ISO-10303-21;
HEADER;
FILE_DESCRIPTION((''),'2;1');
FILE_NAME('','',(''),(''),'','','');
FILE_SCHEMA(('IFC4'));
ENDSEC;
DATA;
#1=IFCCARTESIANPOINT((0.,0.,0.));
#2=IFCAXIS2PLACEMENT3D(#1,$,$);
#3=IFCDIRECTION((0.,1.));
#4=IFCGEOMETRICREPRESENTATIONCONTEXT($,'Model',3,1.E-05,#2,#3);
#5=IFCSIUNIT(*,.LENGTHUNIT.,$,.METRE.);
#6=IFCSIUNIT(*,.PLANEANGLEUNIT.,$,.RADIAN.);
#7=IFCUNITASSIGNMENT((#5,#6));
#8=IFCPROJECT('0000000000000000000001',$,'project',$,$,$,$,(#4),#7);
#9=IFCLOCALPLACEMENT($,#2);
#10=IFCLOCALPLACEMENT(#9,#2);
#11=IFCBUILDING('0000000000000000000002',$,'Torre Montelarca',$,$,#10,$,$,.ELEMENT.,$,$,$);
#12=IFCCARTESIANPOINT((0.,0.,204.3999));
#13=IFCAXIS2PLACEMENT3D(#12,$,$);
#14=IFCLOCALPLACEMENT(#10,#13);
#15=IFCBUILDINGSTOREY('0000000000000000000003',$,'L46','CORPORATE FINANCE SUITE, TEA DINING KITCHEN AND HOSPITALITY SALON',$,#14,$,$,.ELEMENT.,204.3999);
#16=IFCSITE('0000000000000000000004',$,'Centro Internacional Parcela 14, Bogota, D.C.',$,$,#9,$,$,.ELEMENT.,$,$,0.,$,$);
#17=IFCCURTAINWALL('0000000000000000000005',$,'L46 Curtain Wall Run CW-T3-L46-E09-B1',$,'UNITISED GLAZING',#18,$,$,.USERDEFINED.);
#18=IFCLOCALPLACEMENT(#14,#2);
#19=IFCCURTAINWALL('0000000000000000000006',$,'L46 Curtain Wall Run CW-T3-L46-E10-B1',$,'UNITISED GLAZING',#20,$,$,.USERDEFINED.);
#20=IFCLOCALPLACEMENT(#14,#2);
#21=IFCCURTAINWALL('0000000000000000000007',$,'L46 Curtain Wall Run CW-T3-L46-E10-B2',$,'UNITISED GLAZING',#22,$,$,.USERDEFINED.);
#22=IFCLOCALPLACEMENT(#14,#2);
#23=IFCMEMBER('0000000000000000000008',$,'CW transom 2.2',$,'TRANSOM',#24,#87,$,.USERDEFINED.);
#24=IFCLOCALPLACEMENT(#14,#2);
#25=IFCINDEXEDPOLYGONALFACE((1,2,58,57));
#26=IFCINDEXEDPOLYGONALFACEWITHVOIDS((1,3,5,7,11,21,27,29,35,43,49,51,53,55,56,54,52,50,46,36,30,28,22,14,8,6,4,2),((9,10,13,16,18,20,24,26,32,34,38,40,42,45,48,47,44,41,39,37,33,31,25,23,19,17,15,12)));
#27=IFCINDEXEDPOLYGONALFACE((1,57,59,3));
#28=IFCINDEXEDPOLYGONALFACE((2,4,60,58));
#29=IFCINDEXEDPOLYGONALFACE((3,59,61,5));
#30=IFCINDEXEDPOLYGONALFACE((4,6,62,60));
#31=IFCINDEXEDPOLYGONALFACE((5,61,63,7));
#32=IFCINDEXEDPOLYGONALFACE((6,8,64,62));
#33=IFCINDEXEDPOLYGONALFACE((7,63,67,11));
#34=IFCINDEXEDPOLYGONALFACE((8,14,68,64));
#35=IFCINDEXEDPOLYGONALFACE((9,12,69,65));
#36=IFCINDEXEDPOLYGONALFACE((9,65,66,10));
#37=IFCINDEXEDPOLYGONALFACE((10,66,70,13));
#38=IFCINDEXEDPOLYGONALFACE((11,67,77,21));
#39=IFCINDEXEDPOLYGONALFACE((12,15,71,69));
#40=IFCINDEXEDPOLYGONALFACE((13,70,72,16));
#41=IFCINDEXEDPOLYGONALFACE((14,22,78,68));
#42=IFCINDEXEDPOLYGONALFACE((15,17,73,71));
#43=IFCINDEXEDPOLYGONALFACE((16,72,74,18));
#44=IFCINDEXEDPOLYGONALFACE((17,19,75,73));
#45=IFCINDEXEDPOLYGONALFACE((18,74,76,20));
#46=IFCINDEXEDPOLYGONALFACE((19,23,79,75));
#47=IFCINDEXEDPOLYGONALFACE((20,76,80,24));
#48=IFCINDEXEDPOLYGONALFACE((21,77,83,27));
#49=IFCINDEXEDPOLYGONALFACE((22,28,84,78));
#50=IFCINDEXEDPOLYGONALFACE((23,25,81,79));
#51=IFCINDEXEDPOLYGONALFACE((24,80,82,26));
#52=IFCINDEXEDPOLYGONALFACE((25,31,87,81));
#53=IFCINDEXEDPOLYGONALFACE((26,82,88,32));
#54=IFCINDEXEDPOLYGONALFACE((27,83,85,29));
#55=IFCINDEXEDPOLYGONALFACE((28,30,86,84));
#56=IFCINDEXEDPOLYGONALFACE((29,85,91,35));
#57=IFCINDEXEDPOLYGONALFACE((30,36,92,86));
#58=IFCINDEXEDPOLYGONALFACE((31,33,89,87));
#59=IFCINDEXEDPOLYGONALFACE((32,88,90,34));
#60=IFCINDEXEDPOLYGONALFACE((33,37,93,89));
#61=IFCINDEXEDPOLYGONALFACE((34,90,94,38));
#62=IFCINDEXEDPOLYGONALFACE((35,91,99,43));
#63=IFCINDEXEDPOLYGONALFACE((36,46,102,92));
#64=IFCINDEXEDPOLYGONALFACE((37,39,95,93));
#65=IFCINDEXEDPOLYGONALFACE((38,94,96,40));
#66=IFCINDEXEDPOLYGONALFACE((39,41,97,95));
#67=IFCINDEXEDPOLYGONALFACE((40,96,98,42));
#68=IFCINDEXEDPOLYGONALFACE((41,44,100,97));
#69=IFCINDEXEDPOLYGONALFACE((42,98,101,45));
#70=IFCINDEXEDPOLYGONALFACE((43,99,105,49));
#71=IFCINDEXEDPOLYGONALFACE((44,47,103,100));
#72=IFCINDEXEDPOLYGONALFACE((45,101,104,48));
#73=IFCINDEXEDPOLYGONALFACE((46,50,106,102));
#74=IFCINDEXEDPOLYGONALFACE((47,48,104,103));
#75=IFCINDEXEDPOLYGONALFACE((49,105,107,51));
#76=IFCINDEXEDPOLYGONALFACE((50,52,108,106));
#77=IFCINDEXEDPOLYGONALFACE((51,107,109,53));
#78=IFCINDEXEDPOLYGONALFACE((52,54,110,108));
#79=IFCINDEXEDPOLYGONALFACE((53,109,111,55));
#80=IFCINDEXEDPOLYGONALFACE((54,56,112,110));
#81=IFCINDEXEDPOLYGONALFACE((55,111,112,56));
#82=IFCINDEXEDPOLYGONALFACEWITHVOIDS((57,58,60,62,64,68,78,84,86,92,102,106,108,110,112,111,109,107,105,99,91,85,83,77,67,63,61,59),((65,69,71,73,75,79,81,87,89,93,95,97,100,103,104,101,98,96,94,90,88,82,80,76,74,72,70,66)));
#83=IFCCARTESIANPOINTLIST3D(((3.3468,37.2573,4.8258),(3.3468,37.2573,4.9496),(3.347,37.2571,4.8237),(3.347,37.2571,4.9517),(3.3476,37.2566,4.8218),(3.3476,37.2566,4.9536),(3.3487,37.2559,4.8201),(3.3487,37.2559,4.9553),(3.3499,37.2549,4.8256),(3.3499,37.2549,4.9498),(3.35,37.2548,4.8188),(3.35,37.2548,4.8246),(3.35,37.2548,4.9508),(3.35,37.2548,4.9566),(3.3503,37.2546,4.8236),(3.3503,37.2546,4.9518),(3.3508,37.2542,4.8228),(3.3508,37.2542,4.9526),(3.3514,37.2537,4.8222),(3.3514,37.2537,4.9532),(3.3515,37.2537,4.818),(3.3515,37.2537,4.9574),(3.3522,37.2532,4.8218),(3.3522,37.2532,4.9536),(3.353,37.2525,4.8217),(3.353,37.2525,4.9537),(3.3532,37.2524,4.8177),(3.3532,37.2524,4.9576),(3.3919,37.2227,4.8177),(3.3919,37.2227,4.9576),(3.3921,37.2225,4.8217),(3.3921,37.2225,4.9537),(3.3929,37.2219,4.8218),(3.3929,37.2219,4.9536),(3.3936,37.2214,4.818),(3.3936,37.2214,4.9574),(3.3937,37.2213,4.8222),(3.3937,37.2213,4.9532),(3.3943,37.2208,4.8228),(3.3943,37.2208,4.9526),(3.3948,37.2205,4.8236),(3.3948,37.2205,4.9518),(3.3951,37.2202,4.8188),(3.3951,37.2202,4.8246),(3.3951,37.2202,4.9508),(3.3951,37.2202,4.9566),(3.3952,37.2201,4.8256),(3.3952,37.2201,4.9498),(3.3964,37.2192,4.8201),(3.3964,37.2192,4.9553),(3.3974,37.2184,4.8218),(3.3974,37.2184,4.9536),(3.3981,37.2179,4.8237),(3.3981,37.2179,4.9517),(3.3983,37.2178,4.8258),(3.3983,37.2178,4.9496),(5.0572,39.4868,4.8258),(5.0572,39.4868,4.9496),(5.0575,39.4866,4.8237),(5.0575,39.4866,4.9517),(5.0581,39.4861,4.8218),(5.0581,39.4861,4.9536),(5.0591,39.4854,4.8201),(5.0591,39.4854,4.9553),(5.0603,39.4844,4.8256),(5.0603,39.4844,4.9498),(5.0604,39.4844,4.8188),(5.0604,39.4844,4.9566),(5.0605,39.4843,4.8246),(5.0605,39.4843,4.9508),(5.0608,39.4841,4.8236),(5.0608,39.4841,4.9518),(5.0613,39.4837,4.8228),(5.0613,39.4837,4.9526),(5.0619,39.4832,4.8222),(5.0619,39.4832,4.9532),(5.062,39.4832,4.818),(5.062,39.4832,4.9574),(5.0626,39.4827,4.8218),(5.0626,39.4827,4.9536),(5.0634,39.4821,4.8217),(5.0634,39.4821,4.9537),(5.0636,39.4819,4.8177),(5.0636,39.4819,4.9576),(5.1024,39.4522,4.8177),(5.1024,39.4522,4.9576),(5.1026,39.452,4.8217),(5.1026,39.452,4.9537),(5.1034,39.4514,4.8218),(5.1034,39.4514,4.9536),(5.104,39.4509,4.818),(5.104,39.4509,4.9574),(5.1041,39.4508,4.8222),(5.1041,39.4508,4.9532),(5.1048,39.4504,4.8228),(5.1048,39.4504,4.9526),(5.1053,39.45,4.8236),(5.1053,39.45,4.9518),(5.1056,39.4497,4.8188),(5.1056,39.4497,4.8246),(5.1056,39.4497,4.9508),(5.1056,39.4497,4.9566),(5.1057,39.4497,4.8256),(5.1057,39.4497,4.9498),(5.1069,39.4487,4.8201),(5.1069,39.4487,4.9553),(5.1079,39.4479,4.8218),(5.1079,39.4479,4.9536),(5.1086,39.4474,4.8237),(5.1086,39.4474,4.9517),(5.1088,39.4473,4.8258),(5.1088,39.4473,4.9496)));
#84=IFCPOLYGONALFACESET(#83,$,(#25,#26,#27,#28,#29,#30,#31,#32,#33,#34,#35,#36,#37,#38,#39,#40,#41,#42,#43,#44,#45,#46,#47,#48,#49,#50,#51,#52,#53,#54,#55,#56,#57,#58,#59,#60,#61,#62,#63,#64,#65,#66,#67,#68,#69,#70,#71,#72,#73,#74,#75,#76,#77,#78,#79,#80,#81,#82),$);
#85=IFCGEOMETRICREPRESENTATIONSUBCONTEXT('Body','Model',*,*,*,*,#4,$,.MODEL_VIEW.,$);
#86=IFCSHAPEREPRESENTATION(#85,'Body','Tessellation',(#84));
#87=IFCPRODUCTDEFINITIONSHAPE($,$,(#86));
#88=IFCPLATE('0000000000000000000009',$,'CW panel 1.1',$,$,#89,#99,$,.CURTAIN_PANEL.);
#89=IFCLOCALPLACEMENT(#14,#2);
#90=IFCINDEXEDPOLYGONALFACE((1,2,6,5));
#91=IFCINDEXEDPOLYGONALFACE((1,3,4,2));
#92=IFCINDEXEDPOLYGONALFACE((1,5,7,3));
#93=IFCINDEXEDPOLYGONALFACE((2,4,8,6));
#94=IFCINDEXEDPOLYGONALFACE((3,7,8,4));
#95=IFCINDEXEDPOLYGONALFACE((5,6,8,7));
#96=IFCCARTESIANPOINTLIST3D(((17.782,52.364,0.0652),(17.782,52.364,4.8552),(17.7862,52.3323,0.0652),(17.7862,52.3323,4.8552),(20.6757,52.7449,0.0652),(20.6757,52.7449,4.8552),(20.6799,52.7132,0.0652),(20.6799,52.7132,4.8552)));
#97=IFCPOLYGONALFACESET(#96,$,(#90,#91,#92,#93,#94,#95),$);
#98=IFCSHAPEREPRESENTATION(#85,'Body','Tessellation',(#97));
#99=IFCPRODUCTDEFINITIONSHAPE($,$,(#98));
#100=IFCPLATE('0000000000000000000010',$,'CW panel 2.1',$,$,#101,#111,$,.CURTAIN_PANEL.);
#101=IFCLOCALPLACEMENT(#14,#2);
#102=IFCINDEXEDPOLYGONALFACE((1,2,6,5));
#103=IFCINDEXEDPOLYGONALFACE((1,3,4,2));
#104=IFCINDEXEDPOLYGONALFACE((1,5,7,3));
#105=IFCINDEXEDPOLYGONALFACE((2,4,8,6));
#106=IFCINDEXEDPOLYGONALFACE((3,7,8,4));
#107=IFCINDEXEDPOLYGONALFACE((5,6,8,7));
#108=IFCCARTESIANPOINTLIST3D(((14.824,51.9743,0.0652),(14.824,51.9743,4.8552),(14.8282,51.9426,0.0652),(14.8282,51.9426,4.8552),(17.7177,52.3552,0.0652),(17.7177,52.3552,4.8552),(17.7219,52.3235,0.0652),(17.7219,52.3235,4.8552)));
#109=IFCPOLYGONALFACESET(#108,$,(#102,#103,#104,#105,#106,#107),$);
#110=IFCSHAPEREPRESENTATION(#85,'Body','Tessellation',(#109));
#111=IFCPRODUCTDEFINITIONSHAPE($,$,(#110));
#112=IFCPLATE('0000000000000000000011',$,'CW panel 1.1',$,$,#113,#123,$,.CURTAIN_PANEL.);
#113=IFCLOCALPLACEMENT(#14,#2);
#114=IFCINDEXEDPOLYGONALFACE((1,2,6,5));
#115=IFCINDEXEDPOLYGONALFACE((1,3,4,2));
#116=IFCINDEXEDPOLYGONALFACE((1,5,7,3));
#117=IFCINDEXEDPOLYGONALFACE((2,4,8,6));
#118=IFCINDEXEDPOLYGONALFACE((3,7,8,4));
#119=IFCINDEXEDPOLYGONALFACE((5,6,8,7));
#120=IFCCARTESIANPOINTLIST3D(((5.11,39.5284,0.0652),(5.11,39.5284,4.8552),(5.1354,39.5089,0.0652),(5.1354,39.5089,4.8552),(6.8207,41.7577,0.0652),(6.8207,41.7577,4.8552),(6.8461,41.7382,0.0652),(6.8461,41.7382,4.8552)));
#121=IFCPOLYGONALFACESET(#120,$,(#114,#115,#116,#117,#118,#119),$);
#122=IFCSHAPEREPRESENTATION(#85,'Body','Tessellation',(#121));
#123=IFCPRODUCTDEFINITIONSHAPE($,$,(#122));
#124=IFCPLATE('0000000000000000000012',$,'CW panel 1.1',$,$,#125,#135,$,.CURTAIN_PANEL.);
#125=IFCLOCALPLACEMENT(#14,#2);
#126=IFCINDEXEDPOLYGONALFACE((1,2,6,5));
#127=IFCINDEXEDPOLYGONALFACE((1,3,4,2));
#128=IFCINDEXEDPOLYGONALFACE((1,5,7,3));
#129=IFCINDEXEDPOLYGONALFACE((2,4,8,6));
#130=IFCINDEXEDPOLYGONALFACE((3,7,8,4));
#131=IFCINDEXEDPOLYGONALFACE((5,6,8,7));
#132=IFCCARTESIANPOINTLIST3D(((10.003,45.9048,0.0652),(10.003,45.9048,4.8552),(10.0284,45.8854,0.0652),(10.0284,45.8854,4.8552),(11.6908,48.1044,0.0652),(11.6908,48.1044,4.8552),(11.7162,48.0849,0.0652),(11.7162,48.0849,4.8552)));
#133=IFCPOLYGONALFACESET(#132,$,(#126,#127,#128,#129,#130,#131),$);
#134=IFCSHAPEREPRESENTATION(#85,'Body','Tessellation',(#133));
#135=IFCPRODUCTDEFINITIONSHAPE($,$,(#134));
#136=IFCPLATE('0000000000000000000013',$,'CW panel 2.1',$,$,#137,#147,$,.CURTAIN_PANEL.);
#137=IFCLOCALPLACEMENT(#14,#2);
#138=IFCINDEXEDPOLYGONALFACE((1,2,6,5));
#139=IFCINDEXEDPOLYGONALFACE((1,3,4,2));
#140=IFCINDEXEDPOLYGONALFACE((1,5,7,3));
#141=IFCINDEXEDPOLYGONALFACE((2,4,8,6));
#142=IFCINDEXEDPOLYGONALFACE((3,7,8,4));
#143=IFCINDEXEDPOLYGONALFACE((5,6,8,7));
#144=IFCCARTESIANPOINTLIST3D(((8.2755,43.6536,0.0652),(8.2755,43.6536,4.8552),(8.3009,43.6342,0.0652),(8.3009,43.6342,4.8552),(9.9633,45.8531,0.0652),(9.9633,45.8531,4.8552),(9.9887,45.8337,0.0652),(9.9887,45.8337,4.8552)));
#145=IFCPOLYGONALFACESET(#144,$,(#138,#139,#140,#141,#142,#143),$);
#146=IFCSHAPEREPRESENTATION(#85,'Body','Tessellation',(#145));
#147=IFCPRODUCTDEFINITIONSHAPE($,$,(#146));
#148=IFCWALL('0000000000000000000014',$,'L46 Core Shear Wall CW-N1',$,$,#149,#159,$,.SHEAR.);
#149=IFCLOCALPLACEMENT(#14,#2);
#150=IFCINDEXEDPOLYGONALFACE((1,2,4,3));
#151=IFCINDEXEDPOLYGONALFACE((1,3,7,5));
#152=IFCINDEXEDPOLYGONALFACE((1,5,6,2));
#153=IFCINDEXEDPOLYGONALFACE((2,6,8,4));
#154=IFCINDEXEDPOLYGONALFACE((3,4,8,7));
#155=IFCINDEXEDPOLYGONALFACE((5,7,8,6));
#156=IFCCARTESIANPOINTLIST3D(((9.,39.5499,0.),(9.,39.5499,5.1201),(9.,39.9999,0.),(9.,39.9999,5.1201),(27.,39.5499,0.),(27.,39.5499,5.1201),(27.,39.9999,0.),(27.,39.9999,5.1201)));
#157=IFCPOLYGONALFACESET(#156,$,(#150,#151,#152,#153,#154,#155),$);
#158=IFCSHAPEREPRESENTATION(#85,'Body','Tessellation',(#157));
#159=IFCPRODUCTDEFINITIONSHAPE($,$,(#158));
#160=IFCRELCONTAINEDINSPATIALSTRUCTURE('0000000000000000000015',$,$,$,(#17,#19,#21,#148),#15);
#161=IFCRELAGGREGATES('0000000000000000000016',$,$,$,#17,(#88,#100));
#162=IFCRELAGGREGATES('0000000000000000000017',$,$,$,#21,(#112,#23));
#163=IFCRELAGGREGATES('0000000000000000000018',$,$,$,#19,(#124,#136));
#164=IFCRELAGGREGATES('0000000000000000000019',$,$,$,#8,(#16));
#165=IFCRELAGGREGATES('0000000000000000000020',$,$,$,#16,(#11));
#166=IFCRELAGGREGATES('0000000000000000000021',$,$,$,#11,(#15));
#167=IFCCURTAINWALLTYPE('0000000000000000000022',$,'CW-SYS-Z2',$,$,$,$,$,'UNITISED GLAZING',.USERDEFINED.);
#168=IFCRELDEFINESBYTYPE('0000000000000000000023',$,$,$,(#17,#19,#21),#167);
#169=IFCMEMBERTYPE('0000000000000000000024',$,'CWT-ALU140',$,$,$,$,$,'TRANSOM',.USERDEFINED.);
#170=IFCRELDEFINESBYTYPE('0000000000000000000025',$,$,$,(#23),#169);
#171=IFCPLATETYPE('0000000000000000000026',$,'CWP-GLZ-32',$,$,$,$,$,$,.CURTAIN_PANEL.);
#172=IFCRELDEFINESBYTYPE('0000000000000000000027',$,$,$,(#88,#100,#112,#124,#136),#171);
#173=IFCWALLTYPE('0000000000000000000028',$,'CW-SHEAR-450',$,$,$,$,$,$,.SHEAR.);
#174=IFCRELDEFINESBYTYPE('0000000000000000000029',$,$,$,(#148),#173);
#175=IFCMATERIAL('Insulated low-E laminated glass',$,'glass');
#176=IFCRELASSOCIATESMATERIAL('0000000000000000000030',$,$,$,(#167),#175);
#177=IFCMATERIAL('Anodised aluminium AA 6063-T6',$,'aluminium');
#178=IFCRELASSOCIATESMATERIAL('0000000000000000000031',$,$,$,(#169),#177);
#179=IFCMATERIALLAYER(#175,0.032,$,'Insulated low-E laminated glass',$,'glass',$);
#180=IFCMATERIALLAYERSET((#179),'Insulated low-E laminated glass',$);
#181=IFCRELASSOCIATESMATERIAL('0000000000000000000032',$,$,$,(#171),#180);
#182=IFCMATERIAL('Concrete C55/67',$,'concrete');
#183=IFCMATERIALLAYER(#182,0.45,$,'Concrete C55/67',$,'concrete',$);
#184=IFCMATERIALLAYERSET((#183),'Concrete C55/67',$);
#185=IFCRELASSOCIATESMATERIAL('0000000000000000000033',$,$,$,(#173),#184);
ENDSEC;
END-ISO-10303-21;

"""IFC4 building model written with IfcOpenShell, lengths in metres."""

from ifc_helpers import new_model, si_unit, direction, frame, frame_2d, origin, origin_2d, place, context, subcontext, project, spatial, rectangle, hollow_rectangle, extrude, source, transform, mapped, material, layer, layer_set, material_profile, profile_set, type_object, element, aggregate, save


model = new_model("IFC4")

# Units and contexts
model_context = context("Model", 3, precision=1e-05, world=origin(), true_north=direction((0.0, 1.0)))
body_context = subcontext(model_context, "Body", "Model", "MODEL_VIEW")
ifc_project = project(units=[si_unit("LENGTHUNIT", "METRE"), si_unit("PLANEANGLEUNIT", "RADIAN")], contexts=[model_context])

# Site, building, storey
site_placement = place(None, origin())
site = spatial("IfcSite", under=ifc_project, at=site_placement, Name="Centro Internacional Parcela 14, Bogota, D.C.", CompositionType="ELEMENT", RefElevation=0.0)
building_placement = place(site_placement, origin())
building = spatial("IfcBuilding", under=site, at=building_placement, Name="Torre Montelarca", CompositionType="ELEMENT")
storey_placement = place(building_placement, frame((0.0, 0.0, 204.3999)))
storey = spatial("IfcBuildingStorey", under=building, at=storey_placement, Name="L46", Description="CORPORATE FINANCE SUITE, TEA DINING KITCHEN AND HOSPITALITY SALON", CompositionType="ELEMENT", Elevation=204.3999)

# Shared definitions
ifc_material_1 = material(Name="Concrete C55/67", Category="concrete")

# Curtain walls
ifc_material_2 = material(Name="Insulated low-E laminated glass", Category="glass")
curtain_wall_type = type_object("IfcCurtainWallType", Name="CW-SYS-Z2", ElementType="UNITISED GLAZING", PredefinedType="USERDEFINED", material=ifc_material_2)
curtain_wall_1_placement = place(storey_placement, origin())
curtain_wall_1 = element("IfcCurtainWall", 1, at=curtain_wall_1_placement, inside=storey, type_object=curtain_wall_type, Name="L46 Curtain Wall Run CW-T3-L46-E09-B1", ObjectType="UNITISED GLAZING", PredefinedType="USERDEFINED")
ifc_material_3 = material(Name="Anodised aluminium AA 6063-T6", Category="aluminium")
ifc_material_profile_1 = material_profile(ifc_material_3, hollow_rectangle(XDim=0.0649, YDim=0.1399, WallThickness=0.0039, InnerFilletRadius=0.0039, OuterFilletRadius=0.0081, at=origin_2d()), Name="ALU65X140X4", Category="aluminium")
ifc_profile_set_1 = profile_set([ifc_material_profile_1], Name="Anodised aluminium AA 6063-T6")
member_type_1 = type_object("IfcMemberType", Name="CWT-ALU140", ElementType="TRANSOM", PredefinedType="USERDEFINED", material=ifc_profile_set_1)
curtain_wall_2_placement = place(storey_placement, origin())
curtain_wall_2 = element("IfcCurtainWall", 2, at=curtain_wall_2_placement, inside=storey, type_object=curtain_wall_type, Name="L46 Curtain Wall Run CW-T3-L46-E10-B1", ObjectType="UNITISED GLAZING", PredefinedType="USERDEFINED")

# Curtain wall, member
curtain_wall_3_placement = place(storey_placement, origin())
curtain_wall_3 = element("IfcCurtainWall", 3, at=curtain_wall_3_placement, inside=storey, type_object=curtain_wall_type, Name="L46 Curtain Wall Run CW-T3-L46-E10-B2", ObjectType="UNITISED GLAZING", PredefinedType="USERDEFINED")
shared_shape_1 = source(origin(), body_context, "Body", "SweptSolid", [
    extrude(hollow_rectangle(XDim=0.0649, YDim=0.1399, WallThickness=0.0039, InnerFilletRadius=0.0039, OuterFilletRadius=0.0081, at=origin_2d()), origin(), (0.0, 0.0, 1.0), 2.8101),
])
member_1_placement = place(storey_placement, frame((5.083, 39.467, 4.8877), z_axis=(-0.608694, -0.793405, 0.0), x_axis=(0.793405, -0.608694, 0.0)))
member_1 = element("IfcMember", 4, at=member_1_placement, type_object=member_type_1, Name="CW transom 2.2", ObjectType="TRANSOM", PredefinedType="USERDEFINED", context=body_context, shape_type="MappedRepresentation", body=[
    mapped(shared_shape_1, transform((0.0, 0.0, 0.0), scale=1.0)),
])

# Plates
ifc_layer_1 = layer(ifc_material_2, 0.032, Name="Insulated low-E laminated glass", Category="glass")
ifc_layer_set_1 = layer_set([ifc_layer_1], Name="Insulated low-E laminated glass")
plate_type = type_object("IfcPlateType", Name="CWP-GLZ-32", PredefinedType="CURTAIN_PANEL", material=ifc_layer_set_1)
shared_shape_2 = source(origin(), body_context, "Body", "SweptSolid", [
    extrude(rectangle(XDim=2.9187, YDim=0.032, at=origin_2d()), origin(), (0.0, 0.0, 1.0), 4.79),
])
plate_1_placement = place(storey_placement, frame((19.231, 52.5386, 0.0652), z_axis=(0.0, 0.0, 1.0), x_axis=(-0.991446, -0.130514, 0.0)))
plate_1 = element("IfcPlate", 5, at=plate_1_placement, type_object=plate_type, Name="CW panel 1.1", PredefinedType="CURTAIN_PANEL", context=body_context, shape_type="MappedRepresentation", body=[
    mapped(shared_shape_2, transform((0.0, 0.0, 0.0), scale=1.0)),
])
plate_2_placement = place(storey_placement, frame((16.2729, 52.1489, 0.0652), z_axis=(0.0, 0.0, 1.0), x_axis=(-0.991446, -0.130514, 0.0)))
plate_2 = element("IfcPlate", 6, at=plate_2_placement, type_object=plate_type, Name="CW panel 2.1", PredefinedType="CURTAIN_PANEL", context=body_context, shape_type="MappedRepresentation", body=[
    mapped(shared_shape_2, transform((0.0, 0.0, 0.0), scale=1.0)),
])
aggregate(curtain_wall_1, [plate_1, plate_2])
shared_shape_3 = source(origin(), body_context, "Body", "SweptSolid", [
    extrude(rectangle(XDim=2.8101, YDim=0.032, at=origin_2d()), origin(), (0.0, 0.0, 1.0), 4.79),
])
plate_3_placement = place(storey_placement, frame((5.978, 40.6333, 0.0652), z_axis=(0.0, 0.0, 1.0), x_axis=(-0.608771, -0.793346, 0.0)))
plate_3 = element("IfcPlate", 7, at=plate_3_placement, type_object=plate_type, Name="CW panel 1.1", PredefinedType="CURTAIN_PANEL", context=body_context, shape_type="MappedRepresentation", body=[
    mapped(shared_shape_3, transform((0.0, 0.0, 0.0), scale=1.0)),
])
aggregate(curtain_wall_3, [plate_3, member_1])
shared_shape_4 = source(origin(), body_context, "Body", "SweptSolid", [
    extrude(rectangle(XDim=2.7725, YDim=0.032, at=origin_2d()), origin(), (0.0, 0.0, 1.0), 4.79),
])
plate_4_placement = place(storey_placement, frame((10.8596, 46.9949, 0.0652), z_axis=(0.0, 0.0, 1.0), x_axis=(-0.608769, -0.793347, 0.0)))
plate_4 = element("IfcPlate", 8, at=plate_4_placement, type_object=plate_type, Name="CW panel 1.1", PredefinedType="CURTAIN_PANEL", context=body_context, shape_type="MappedRepresentation", body=[
    mapped(shared_shape_4, transform((0.0, 0.0, 0.0), scale=1.0)),
])
plate_5_placement = place(storey_placement, frame((9.1321, 44.7437, 0.0652), z_axis=(0.0, 0.0, 1.0), x_axis=(-0.608769, -0.793347, 0.0)))
plate_5 = element("IfcPlate", 9, at=plate_5_placement, type_object=plate_type, Name="CW panel 2.1", PredefinedType="CURTAIN_PANEL", context=body_context, shape_type="MappedRepresentation", body=[
    mapped(shared_shape_4, transform((0.0, 0.0, 0.0), scale=1.0)),
])
aggregate(curtain_wall_2, [plate_4, plate_5])

# Wall
ifc_layer_2 = layer(ifc_material_1, 0.45, Name="Concrete C55/67", Category="concrete")
ifc_layer_set_2 = layer_set([ifc_layer_2], Name="Concrete C55/67")
wall_type_1 = type_object("IfcWallType", Name="CW-SHEAR-450", PredefinedType="SHEAR", material=ifc_layer_set_2)
wall_1_placement = place(storey_placement, frame((9.0, 39.7749, 0.0), z_axis=(0.0, 0.0, 1.0), x_axis=(1.0, 0.0, 0.0)))
element("IfcWall", 10, at=wall_1_placement, inside=storey, type_object=wall_type_1, Name="L46 Core Shear Wall CW-N1", PredefinedType="SHEAR", context=body_context, shape_type="SweptSolid", body=[
    extrude(rectangle(XDim=18.0, YDim=0.45, at=frame_2d((9.0, 0.0))), origin(), (0.0, 0.0, 1.0), 5.1201),
])

save(model, "model.ifc")
